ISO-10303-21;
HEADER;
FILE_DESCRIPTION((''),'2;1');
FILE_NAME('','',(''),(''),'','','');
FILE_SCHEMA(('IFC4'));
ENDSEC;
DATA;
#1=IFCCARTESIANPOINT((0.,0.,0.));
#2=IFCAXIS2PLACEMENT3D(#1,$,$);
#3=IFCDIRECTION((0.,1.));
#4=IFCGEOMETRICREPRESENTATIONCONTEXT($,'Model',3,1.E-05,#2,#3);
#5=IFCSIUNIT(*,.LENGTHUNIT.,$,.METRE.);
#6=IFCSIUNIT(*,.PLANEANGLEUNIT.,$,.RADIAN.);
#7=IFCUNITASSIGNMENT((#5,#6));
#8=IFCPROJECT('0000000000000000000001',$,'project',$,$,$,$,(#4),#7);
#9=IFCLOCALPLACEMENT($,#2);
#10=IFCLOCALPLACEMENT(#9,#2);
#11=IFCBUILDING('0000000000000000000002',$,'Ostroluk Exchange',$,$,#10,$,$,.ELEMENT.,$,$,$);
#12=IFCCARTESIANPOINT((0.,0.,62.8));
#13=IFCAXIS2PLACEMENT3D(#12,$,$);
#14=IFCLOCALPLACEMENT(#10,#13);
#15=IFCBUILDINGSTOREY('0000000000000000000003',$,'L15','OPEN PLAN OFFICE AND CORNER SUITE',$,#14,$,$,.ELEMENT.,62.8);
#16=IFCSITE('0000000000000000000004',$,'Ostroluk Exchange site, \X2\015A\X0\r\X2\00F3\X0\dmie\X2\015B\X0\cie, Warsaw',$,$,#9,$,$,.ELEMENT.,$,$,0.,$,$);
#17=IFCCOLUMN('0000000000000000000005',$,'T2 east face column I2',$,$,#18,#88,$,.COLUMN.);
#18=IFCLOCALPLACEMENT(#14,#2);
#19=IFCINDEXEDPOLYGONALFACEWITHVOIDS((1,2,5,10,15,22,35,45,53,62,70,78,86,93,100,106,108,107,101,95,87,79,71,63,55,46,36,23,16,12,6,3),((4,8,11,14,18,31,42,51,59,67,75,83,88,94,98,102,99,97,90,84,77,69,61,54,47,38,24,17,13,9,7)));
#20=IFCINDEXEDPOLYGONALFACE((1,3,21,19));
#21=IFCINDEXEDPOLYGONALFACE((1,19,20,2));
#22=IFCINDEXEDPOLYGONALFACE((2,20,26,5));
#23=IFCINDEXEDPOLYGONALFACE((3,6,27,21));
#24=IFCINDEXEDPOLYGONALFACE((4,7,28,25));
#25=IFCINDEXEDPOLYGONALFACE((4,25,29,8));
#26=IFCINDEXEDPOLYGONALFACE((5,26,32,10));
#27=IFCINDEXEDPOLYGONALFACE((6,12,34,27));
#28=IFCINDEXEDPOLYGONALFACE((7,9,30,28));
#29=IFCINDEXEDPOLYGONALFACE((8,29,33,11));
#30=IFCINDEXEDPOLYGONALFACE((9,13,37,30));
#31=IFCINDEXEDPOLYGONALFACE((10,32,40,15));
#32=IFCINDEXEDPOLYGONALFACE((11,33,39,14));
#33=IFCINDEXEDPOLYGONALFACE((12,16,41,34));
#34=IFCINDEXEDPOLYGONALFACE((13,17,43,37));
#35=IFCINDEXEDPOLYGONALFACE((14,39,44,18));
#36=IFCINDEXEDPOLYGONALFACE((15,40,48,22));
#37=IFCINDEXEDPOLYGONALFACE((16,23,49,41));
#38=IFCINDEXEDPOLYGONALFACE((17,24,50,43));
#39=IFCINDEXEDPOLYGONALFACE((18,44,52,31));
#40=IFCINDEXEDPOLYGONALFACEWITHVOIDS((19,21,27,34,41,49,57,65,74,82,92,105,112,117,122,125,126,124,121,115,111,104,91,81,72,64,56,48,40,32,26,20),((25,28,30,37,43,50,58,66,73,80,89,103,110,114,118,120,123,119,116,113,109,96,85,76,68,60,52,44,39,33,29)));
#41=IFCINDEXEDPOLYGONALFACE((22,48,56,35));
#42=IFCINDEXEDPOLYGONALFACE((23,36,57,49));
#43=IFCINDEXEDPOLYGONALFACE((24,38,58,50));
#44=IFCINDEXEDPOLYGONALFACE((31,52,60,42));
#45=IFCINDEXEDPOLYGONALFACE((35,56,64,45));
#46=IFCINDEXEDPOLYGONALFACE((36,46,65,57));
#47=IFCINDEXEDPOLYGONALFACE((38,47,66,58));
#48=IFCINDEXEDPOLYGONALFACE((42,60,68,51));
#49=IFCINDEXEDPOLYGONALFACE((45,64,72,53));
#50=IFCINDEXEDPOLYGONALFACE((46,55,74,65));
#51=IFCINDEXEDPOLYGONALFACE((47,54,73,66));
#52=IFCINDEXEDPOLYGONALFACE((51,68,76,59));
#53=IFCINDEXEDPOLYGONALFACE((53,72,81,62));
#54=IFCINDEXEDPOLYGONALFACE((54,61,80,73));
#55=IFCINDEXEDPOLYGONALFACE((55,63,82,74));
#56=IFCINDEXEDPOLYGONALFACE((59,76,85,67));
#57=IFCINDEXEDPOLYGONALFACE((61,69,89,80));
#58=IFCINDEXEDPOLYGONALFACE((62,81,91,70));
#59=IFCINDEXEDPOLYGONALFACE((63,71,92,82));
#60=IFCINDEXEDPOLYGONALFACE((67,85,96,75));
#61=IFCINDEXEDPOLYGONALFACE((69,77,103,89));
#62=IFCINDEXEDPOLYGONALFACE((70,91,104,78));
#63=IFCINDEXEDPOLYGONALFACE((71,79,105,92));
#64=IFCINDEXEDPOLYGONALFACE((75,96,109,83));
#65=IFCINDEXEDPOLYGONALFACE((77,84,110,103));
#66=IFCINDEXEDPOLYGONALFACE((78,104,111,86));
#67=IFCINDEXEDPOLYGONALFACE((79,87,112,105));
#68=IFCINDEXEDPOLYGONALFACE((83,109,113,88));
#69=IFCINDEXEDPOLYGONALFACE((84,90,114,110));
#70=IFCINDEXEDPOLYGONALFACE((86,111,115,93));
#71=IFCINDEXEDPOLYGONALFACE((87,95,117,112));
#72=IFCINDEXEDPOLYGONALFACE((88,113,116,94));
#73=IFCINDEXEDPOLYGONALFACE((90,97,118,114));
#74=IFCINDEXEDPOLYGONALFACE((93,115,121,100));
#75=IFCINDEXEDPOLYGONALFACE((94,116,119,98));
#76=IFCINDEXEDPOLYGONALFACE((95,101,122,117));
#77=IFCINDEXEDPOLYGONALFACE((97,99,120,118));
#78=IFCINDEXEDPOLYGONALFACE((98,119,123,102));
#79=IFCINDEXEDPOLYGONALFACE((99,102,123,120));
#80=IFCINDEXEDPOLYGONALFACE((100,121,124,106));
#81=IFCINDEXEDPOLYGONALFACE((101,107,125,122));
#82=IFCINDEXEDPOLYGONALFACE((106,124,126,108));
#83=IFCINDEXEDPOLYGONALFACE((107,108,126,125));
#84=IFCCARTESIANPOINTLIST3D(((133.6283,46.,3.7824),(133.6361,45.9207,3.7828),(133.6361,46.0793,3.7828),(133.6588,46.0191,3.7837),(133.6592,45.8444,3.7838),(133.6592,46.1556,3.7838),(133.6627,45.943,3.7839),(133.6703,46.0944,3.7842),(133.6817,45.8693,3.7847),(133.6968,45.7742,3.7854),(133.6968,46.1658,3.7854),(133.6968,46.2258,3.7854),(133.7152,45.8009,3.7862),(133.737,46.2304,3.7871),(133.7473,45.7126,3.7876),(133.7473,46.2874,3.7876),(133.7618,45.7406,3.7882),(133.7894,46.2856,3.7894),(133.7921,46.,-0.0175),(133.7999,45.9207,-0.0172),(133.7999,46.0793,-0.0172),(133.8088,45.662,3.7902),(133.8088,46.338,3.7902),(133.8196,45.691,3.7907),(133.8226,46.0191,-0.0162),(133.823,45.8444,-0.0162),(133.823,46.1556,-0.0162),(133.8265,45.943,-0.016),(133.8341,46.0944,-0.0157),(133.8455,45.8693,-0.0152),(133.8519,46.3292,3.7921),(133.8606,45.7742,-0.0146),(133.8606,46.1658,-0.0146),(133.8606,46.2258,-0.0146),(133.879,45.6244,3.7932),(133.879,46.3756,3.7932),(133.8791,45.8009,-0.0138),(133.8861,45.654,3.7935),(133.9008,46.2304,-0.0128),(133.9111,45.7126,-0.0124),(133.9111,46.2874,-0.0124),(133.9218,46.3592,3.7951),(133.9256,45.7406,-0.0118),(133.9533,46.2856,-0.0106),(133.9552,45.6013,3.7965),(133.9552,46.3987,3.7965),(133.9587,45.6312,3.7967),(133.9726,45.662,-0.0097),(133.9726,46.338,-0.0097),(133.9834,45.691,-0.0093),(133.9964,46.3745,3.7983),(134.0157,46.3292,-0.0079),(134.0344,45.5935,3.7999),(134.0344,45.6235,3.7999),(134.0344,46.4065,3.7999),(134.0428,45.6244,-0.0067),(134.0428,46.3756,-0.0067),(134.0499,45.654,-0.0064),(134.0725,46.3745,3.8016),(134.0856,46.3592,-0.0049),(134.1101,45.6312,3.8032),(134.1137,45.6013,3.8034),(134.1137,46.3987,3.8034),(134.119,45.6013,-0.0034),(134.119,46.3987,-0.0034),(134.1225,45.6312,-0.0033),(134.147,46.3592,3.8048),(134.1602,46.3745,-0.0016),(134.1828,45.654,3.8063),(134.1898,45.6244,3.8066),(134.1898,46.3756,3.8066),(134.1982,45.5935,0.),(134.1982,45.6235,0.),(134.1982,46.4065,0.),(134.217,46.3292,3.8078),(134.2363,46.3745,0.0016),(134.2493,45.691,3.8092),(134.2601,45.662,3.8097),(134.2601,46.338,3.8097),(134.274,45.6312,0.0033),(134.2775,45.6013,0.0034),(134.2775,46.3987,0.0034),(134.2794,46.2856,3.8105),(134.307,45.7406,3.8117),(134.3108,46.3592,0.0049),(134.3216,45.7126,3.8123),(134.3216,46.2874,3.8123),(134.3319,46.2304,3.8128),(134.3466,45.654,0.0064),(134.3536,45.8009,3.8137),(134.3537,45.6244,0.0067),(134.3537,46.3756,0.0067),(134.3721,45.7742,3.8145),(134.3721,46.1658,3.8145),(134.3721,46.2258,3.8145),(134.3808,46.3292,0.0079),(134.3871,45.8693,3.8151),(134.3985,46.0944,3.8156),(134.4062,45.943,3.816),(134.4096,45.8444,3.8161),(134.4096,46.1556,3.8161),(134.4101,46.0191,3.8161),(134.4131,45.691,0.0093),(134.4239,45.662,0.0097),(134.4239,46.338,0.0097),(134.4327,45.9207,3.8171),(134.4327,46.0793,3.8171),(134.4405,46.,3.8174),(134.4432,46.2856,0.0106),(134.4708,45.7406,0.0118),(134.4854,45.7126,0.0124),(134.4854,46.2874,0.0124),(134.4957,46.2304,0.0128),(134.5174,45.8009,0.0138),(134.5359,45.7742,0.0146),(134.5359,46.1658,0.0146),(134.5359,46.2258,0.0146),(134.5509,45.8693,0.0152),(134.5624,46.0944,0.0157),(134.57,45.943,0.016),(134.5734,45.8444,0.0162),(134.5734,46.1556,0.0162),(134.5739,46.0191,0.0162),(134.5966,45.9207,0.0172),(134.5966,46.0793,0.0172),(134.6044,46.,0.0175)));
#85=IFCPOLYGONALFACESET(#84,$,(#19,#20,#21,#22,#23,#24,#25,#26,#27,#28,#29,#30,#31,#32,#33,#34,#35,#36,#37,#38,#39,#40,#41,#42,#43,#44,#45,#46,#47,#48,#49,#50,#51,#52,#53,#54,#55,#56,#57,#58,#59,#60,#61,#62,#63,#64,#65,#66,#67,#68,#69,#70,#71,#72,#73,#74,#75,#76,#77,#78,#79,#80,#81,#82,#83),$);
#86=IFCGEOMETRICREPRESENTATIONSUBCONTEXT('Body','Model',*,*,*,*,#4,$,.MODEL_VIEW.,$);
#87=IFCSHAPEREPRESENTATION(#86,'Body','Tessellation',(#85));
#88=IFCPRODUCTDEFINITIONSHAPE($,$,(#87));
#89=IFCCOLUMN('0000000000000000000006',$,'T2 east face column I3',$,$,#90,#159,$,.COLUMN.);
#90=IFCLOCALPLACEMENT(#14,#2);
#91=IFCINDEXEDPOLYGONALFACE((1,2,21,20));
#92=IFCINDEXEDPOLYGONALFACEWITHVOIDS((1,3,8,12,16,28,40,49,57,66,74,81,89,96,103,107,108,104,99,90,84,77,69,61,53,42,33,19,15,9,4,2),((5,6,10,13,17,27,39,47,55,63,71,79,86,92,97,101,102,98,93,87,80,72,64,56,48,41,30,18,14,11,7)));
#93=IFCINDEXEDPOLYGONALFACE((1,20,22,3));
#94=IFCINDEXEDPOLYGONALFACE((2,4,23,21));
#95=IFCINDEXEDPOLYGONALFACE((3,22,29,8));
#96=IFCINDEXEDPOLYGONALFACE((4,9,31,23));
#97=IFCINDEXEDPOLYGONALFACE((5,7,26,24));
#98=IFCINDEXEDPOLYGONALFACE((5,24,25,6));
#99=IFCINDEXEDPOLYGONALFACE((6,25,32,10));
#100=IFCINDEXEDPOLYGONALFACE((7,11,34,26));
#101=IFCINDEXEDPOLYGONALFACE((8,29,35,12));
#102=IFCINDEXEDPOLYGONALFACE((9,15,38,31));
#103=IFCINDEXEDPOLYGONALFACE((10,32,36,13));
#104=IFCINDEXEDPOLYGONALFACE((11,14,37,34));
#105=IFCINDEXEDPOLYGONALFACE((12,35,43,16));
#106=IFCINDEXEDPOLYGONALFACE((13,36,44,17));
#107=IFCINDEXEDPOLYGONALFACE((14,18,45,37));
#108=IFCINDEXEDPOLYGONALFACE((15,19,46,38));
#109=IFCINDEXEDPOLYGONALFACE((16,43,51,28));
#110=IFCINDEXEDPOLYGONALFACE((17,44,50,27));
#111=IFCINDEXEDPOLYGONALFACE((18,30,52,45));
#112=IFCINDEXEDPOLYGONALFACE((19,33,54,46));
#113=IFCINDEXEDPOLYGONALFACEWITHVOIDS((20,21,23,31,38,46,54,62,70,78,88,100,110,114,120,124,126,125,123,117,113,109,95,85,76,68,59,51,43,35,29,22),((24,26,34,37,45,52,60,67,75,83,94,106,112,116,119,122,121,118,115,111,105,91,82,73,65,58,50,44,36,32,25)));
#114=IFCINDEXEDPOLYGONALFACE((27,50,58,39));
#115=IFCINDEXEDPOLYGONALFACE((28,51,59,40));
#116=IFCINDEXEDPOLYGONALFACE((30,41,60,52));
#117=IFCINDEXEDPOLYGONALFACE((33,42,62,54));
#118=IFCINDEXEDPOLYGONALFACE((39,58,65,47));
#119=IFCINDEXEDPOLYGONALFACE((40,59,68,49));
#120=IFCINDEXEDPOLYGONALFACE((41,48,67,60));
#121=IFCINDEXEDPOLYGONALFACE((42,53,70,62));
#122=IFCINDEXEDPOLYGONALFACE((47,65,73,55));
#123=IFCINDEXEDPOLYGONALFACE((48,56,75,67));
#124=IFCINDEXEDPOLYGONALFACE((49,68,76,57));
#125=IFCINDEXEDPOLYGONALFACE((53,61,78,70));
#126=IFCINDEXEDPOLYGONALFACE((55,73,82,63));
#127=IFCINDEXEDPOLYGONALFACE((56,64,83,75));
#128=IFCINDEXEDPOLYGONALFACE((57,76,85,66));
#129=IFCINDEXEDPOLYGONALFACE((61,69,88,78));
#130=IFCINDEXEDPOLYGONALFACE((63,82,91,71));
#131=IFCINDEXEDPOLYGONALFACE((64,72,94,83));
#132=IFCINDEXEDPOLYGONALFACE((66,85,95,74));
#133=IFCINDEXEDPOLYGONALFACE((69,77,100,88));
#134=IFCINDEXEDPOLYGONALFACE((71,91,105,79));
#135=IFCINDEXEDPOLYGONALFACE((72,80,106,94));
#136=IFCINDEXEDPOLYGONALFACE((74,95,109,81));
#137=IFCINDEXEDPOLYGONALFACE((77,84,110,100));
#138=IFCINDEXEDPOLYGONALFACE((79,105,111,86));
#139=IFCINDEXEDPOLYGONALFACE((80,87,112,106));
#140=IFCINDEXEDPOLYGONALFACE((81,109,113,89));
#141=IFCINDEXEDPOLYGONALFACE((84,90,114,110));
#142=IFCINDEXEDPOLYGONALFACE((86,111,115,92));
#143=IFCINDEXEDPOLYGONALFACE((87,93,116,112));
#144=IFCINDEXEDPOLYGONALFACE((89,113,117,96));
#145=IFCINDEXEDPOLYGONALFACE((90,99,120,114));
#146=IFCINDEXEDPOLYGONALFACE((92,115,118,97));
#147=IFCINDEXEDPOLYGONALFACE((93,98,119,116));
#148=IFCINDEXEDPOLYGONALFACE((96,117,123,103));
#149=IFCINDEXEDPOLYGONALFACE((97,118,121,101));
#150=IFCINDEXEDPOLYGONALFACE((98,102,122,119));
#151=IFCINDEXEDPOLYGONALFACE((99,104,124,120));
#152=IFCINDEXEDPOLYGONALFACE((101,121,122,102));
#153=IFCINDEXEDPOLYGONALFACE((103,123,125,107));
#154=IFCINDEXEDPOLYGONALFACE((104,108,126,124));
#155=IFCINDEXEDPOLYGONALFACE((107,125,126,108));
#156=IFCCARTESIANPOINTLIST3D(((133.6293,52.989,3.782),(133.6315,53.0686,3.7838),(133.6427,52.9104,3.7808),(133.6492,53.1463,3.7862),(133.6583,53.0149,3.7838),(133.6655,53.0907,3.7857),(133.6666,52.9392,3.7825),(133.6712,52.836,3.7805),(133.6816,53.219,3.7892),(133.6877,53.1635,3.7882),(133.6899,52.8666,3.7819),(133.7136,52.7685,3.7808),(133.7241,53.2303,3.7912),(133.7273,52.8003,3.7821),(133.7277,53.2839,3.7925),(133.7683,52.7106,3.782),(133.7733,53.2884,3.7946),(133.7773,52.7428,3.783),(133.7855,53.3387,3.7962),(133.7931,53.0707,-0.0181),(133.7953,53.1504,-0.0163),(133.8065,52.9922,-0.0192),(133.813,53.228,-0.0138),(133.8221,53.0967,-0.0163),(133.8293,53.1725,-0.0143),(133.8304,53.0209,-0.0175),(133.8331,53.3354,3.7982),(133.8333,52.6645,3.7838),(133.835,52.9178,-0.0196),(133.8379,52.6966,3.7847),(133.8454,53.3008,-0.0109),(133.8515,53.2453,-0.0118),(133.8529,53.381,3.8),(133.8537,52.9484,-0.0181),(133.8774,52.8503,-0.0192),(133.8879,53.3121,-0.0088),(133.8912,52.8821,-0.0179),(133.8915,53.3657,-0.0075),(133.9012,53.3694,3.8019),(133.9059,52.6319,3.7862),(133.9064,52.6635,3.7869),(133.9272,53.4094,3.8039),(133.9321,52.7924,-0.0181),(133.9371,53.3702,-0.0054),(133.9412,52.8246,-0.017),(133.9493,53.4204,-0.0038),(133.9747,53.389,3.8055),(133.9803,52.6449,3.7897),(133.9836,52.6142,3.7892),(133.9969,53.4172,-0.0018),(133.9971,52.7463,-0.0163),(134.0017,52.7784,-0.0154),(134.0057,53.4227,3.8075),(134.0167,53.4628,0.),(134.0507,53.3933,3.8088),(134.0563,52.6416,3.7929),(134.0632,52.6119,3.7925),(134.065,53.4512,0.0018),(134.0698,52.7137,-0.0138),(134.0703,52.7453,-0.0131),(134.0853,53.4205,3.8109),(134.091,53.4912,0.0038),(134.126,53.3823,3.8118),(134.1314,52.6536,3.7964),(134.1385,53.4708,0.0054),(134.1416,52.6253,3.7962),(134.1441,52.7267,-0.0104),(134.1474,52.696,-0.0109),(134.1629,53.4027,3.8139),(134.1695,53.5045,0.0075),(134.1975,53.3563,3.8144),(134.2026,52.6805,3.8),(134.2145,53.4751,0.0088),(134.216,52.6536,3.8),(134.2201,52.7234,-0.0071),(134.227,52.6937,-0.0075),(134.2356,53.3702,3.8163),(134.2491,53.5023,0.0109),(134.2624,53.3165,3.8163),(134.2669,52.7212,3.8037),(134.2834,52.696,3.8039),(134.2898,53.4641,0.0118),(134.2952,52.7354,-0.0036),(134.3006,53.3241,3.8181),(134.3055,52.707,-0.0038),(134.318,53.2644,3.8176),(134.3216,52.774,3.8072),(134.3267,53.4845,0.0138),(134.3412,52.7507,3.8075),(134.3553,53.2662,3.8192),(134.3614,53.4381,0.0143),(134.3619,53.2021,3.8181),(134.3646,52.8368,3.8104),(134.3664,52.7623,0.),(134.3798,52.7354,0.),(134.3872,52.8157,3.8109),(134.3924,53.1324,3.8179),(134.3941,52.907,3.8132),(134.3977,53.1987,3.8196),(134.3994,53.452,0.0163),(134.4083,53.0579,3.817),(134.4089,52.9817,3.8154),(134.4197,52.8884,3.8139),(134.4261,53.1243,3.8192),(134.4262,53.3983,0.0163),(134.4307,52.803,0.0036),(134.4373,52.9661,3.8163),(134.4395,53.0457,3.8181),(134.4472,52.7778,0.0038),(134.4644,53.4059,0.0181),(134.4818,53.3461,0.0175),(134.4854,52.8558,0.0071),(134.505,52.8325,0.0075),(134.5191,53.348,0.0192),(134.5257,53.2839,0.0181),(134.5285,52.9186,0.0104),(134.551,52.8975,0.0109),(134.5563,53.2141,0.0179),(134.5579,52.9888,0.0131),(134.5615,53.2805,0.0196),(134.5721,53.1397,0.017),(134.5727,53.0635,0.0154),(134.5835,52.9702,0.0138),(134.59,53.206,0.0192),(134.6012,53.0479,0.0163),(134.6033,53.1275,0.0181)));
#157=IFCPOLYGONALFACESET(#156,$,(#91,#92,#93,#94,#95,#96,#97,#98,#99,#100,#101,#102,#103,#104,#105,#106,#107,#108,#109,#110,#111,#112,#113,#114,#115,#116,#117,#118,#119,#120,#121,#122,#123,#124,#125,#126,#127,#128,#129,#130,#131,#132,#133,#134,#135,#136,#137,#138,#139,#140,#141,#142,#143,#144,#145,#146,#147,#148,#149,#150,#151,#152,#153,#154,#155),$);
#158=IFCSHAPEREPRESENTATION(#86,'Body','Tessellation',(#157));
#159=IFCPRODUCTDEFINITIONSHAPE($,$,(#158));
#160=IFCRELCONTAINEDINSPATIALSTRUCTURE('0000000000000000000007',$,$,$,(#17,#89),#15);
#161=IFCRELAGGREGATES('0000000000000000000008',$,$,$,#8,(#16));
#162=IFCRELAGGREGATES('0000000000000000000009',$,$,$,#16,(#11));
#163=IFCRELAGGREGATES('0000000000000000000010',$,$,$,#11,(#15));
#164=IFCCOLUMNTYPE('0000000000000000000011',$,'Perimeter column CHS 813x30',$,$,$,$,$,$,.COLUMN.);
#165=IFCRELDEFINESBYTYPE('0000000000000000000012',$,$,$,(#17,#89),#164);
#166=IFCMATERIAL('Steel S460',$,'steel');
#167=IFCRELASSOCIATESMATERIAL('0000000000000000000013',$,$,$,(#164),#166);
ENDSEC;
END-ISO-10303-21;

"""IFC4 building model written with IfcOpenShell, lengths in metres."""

from ifc_helpers import new_model, si_unit, direction, frame, origin, origin_2d, place, context, subcontext, project, spatial, hollow_circle, extrude, material, material_profile, profile_set, type_object, element, save


model = new_model("IFC4")

# Units and contexts
model_context = context("Model", 3, precision=1e-05, world=origin(), true_north=direction((0.0, 1.0)))
body_context = subcontext(model_context, "Body", "Model", "MODEL_VIEW")
ifc_project = project(units=[si_unit("LENGTHUNIT", "METRE"), si_unit("PLANEANGLEUNIT", "RADIAN")], contexts=[model_context])

# Site, building, storey
site_placement = place(None, origin())
site = spatial("IfcSite", under=ifc_project, at=site_placement, Name="Ostroluk Exchange site, Śródmieście, Warsaw", CompositionType="ELEMENT", RefElevation=0.0)
building_placement = place(site_placement, origin())
building = spatial("IfcBuilding", under=site, at=building_placement, Name="Ostroluk Exchange", CompositionType="ELEMENT")
storey_placement = place(building_placement, frame((0.0, 0.0, 62.8)))
storey = spatial("IfcBuildingStorey", under=building, at=storey_placement, Name="L15", Description="OPEN PLAN OFFICE AND CORNER SUITE", CompositionType="ELEMENT", Elevation=62.8)

# Columns
ifc_material_1 = material(Name="Steel S460", Category="steel")
ifc_material_profile_1 = material_profile(ifc_material_1, hollow_circle(Radius=0.4065, WallThickness=0.03, at=origin_2d()), Name="CHS 813x30")
ifc_profile_set_1 = profile_set([ifc_material_profile_1], Name="Steel S460")
column_type = type_object("IfcColumnType", Name="Perimeter column CHS 813x30", PredefinedType="COLUMN", material=ifc_profile_set_1)
column_1_placement = place(storey_placement, frame((134.1982, 46.0, 0.0), z_axis=(-0.04307, 0.0, 0.999072), x_axis=(0.0, -1.0, 0.0)))
element("IfcColumn", 1, at=column_1_placement, inside=storey, type_object=column_type, Name="T2 east face column I2", PredefinedType="COLUMN", context=body_context, shape_type="SweptSolid", body=[
    extrude(hollow_circle(Radius=0.4065, WallThickness=0.03, at=origin_2d()), origin(), (0.0, 0.0, 1.0), 3.8035),
])
column_2_placement = place(storey_placement, frame((134.1982, 53.0991, 0.0), z_axis=(-0.04306, -0.021498, 0.998841), x_axis=(0.44668, -0.894694, 0.0)))
element("IfcColumn", 2, at=column_2_placement, inside=storey, type_object=column_type, Name="T2 east face column I3", PredefinedType="COLUMN", context=body_context, shape_type="SweptSolid", body=[
    extrude(hollow_circle(Radius=0.4065, WallThickness=0.03, at=origin_2d()), origin(), (0.0, 0.0, 1.0), 3.8044),
])

save(model, "model.ifc")
